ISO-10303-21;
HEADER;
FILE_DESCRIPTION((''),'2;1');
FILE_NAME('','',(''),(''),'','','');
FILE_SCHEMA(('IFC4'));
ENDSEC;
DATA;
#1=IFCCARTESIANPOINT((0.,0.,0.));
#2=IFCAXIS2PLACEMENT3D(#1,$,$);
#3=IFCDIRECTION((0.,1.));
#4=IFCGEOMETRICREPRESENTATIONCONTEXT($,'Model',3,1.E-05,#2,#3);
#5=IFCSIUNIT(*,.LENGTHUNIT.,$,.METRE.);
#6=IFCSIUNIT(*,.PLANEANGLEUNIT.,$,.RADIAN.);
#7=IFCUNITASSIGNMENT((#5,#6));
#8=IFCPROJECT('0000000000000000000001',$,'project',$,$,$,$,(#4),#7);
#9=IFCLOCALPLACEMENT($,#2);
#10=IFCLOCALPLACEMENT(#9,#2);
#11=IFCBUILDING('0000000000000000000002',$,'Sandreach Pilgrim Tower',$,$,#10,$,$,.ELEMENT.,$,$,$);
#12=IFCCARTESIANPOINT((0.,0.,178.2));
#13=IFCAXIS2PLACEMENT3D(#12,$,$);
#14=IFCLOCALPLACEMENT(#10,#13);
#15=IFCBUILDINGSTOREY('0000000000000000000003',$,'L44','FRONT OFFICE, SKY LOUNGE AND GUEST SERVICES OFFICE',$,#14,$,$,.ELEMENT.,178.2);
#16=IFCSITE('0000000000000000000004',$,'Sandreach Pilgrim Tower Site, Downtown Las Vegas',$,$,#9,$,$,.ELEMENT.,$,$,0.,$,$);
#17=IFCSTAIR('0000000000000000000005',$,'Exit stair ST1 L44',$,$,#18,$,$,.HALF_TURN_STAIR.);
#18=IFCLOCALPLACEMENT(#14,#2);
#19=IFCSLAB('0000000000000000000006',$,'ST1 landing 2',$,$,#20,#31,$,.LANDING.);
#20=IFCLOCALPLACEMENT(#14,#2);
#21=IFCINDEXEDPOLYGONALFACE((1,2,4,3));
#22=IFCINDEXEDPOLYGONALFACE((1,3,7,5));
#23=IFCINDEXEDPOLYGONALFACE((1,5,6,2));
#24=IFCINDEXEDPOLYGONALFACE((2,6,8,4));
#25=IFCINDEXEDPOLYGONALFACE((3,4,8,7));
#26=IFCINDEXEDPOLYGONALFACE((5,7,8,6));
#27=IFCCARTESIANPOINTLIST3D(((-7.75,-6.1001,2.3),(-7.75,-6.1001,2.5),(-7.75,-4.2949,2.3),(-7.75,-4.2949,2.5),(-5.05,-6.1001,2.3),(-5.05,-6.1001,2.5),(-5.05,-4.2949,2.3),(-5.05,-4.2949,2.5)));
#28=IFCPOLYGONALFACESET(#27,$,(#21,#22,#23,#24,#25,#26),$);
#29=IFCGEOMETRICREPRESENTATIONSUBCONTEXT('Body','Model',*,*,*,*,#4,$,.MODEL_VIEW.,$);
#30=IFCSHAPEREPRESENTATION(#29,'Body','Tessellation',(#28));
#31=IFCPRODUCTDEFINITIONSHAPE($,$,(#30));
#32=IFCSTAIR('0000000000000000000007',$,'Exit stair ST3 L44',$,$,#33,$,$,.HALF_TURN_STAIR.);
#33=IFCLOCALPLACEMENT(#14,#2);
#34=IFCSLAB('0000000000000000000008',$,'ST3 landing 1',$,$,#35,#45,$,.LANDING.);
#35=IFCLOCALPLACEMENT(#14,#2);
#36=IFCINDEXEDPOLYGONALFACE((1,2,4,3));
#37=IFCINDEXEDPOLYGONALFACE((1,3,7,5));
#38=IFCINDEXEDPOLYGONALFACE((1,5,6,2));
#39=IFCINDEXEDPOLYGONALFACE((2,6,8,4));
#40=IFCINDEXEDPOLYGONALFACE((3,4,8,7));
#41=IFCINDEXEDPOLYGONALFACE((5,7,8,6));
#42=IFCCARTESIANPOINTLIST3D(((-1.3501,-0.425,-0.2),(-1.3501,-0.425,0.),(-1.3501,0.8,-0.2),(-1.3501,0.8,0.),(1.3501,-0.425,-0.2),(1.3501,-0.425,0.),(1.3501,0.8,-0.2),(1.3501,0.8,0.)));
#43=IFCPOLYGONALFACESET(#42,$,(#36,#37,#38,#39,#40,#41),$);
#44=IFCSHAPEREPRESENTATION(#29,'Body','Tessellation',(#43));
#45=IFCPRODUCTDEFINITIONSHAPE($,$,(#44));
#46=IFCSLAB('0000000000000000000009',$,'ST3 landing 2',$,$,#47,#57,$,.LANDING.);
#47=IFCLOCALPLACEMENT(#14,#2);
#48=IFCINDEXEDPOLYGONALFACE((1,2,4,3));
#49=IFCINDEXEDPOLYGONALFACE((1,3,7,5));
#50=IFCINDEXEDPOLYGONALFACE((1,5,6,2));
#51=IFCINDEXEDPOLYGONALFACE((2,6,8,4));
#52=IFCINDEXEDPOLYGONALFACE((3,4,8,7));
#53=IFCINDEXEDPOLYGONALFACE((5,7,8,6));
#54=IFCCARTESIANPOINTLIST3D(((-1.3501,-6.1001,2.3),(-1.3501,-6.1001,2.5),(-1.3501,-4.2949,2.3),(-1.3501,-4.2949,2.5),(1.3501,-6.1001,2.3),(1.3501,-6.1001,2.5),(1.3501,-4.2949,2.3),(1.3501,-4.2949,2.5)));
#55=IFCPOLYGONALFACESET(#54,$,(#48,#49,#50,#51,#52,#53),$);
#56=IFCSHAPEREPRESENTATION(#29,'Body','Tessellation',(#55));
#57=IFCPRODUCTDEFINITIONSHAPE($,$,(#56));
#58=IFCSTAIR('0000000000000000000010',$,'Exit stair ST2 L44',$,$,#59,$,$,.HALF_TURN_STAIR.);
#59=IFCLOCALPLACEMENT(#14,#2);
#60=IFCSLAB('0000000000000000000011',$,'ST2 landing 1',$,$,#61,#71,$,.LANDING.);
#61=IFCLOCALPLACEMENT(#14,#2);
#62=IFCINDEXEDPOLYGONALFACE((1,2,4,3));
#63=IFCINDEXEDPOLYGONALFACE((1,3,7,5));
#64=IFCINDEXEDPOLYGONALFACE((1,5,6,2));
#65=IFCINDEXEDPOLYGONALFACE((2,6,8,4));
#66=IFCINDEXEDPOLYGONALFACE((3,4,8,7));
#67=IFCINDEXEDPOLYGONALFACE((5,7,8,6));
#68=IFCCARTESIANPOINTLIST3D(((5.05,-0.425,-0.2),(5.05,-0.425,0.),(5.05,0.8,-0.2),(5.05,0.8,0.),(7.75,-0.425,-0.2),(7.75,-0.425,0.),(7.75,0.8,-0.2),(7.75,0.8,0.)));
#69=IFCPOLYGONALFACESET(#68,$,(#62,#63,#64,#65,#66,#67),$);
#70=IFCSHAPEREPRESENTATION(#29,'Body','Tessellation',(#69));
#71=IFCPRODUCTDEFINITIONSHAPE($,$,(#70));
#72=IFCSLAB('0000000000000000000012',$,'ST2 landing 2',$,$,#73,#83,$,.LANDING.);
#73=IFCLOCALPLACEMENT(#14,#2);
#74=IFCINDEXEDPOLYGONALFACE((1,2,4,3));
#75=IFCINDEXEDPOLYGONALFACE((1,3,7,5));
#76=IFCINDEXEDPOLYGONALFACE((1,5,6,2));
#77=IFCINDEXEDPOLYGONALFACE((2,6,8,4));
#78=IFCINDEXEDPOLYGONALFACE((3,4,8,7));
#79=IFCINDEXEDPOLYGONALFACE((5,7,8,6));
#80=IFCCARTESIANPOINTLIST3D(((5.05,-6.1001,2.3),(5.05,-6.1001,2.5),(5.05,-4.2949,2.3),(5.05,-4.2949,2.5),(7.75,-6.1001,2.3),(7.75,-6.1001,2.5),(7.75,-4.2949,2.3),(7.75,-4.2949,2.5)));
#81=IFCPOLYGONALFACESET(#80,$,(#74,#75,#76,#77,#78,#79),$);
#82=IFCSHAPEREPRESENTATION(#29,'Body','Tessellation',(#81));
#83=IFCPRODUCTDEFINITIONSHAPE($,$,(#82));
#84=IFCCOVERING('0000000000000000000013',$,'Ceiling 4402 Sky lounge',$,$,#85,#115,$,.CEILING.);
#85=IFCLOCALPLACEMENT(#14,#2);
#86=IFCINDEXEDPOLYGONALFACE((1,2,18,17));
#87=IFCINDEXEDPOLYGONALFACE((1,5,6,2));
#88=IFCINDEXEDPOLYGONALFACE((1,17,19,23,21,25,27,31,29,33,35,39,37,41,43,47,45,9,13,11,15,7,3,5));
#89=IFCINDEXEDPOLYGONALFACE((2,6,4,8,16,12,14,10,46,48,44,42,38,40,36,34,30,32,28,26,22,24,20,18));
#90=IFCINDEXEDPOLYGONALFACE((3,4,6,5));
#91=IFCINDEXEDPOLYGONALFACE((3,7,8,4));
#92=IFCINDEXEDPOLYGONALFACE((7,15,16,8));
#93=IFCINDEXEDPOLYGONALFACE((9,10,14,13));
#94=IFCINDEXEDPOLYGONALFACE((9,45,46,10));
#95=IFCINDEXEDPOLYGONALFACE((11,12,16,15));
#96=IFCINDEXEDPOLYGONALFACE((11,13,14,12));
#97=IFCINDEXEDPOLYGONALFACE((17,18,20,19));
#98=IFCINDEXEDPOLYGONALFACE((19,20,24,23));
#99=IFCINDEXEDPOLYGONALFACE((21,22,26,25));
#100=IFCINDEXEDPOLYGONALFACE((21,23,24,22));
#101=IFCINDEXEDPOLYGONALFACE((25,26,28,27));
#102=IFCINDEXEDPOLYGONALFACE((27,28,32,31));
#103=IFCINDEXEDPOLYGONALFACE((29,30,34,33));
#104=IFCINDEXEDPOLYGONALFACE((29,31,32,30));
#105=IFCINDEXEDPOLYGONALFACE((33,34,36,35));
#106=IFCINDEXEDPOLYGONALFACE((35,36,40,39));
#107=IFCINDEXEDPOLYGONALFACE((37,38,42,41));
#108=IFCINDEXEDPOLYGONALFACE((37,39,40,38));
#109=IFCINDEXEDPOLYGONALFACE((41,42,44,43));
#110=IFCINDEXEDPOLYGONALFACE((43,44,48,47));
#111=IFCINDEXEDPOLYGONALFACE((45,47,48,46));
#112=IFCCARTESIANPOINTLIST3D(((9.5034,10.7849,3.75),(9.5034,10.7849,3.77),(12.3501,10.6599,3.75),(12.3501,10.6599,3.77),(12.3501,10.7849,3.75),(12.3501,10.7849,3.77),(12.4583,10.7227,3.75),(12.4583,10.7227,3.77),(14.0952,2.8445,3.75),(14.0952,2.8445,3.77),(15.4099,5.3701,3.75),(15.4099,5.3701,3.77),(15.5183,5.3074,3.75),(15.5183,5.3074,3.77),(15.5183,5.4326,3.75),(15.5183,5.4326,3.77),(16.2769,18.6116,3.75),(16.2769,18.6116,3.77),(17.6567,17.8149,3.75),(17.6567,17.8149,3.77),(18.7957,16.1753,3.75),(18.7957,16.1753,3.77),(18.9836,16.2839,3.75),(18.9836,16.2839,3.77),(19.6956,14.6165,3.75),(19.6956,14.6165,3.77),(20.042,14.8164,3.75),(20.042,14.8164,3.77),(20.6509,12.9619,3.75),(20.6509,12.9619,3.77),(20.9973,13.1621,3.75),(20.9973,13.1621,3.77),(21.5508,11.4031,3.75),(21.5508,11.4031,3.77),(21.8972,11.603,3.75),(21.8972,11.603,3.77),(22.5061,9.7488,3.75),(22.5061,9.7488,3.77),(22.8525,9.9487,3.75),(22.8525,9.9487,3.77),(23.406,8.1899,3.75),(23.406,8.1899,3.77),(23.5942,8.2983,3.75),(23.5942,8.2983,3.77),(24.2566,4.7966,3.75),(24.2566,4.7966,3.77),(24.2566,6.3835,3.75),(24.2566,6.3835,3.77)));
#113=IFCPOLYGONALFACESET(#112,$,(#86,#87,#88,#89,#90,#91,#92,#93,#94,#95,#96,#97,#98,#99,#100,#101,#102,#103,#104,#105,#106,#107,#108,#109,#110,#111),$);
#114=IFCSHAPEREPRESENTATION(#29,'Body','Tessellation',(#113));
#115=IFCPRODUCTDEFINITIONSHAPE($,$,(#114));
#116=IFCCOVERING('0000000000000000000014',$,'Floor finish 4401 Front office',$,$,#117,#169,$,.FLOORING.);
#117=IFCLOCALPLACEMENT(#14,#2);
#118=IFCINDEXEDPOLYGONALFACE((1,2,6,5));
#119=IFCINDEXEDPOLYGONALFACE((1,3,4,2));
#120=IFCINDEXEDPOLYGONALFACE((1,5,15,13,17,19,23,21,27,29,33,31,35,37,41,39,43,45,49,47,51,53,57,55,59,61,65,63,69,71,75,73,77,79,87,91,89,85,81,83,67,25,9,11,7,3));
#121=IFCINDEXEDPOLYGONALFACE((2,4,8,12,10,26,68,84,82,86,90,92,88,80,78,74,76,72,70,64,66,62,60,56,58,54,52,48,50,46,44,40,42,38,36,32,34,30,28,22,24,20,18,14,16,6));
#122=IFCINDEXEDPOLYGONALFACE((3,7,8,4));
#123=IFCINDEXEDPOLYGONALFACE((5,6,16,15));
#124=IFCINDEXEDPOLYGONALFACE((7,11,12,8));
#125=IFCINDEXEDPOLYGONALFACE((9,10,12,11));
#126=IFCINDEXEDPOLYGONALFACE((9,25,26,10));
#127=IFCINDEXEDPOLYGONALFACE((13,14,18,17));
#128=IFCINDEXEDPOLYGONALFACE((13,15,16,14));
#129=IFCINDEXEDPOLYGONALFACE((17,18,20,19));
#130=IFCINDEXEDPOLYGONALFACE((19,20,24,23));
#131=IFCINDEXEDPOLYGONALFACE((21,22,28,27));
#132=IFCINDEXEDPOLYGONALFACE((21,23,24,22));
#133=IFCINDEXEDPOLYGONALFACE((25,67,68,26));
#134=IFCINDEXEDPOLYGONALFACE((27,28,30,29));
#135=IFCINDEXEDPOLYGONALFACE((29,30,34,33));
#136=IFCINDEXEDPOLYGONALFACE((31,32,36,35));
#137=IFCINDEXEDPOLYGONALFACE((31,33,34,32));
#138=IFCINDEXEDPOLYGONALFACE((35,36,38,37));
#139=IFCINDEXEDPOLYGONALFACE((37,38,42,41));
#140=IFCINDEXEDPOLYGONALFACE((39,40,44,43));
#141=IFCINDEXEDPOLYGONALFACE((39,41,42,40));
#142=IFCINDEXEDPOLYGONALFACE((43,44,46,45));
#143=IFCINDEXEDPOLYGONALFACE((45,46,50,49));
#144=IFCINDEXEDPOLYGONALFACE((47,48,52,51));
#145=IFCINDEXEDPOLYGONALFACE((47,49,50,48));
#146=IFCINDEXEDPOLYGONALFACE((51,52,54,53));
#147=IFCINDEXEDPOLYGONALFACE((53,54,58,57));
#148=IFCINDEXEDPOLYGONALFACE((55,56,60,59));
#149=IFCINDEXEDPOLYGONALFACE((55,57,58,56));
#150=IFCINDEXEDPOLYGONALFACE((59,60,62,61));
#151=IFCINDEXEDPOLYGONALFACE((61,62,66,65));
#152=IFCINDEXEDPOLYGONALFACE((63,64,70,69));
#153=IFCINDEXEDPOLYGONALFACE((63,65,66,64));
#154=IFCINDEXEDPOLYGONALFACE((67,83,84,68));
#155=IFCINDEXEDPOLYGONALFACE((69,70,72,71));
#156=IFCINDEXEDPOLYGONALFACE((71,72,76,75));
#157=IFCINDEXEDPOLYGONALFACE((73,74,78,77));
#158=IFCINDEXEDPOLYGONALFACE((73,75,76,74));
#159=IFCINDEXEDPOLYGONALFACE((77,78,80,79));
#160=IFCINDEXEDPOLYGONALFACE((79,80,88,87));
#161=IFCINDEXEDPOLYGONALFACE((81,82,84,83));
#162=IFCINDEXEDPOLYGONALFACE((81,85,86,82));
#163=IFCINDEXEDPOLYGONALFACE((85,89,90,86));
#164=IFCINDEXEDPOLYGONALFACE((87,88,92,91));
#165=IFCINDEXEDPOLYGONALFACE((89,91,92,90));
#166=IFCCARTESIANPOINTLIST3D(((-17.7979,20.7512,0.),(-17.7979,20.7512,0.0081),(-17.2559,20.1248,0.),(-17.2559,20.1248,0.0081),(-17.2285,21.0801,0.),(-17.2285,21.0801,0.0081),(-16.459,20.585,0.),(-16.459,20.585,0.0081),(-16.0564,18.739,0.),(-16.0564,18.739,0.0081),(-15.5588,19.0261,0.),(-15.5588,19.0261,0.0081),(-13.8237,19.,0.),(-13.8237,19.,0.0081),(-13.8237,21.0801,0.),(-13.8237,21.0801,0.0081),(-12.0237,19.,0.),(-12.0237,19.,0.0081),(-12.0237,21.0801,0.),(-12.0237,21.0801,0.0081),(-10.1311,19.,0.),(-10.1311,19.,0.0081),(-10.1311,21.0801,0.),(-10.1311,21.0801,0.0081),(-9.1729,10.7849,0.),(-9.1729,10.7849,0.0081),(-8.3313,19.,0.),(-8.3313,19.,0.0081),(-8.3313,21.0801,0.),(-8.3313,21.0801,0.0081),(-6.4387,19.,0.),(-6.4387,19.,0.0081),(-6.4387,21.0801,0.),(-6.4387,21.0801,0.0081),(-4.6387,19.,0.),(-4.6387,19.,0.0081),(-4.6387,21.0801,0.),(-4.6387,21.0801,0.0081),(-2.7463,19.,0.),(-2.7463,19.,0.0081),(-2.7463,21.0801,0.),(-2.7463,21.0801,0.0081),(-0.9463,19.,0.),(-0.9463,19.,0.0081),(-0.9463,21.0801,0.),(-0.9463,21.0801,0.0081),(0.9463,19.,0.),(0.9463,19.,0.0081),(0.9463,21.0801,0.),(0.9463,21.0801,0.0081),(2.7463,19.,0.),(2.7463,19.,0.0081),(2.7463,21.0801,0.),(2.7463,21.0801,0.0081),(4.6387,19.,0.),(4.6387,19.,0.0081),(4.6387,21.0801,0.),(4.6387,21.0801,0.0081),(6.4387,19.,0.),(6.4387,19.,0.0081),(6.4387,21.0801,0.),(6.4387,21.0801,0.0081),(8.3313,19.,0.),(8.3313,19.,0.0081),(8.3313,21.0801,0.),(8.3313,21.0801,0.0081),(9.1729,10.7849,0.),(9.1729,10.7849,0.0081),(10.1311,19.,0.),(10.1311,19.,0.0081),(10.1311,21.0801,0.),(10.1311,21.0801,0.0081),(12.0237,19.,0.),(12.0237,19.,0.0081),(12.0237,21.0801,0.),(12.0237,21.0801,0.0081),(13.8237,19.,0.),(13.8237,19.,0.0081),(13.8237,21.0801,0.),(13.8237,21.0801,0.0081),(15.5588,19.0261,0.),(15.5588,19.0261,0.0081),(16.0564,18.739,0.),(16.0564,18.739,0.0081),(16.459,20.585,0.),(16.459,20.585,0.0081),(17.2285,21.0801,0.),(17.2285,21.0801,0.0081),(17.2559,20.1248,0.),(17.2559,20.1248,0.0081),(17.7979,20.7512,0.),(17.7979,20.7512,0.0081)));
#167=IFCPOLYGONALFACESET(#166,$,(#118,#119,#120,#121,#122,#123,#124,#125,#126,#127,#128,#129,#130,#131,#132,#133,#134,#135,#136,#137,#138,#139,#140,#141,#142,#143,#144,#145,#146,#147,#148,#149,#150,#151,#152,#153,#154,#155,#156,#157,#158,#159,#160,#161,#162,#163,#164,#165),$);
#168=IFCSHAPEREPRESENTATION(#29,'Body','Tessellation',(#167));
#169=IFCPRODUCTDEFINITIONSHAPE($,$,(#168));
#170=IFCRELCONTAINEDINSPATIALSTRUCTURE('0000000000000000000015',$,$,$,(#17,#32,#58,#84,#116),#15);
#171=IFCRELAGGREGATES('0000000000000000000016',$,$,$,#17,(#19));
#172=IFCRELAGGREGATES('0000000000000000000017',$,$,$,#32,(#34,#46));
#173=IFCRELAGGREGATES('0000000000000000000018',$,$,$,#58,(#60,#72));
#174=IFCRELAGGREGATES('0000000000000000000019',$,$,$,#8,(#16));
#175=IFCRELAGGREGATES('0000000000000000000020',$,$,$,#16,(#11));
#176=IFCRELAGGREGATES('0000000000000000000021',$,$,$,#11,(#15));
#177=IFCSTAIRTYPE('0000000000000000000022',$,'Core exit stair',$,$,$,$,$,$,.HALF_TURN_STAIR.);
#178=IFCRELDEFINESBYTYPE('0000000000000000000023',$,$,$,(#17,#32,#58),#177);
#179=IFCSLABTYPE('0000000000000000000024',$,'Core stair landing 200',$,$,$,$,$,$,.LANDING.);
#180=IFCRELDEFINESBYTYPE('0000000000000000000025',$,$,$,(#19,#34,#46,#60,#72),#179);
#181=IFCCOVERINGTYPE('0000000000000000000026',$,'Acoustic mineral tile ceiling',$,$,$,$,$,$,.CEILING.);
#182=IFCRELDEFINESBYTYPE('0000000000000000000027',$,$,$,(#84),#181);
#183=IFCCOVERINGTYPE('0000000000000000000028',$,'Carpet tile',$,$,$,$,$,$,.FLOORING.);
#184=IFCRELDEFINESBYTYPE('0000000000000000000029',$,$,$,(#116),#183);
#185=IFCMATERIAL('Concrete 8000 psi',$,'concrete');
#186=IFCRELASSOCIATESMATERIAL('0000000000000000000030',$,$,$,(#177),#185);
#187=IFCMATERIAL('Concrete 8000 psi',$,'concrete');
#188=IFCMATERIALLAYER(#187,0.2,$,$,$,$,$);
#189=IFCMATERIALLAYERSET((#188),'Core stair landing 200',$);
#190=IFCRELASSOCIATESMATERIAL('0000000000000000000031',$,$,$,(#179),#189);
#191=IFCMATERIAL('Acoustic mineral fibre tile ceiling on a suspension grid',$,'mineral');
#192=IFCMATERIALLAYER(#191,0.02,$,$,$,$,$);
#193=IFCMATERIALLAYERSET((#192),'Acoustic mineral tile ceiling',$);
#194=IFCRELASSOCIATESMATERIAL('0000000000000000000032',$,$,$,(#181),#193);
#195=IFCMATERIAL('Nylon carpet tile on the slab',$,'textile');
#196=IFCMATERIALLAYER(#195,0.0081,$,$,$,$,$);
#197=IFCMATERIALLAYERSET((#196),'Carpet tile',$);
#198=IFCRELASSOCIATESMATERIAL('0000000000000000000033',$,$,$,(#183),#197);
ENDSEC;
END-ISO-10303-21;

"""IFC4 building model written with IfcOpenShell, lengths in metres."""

from ifc_helpers import new_model, si_unit, direction, frame, origin, place, context, subcontext, project, spatial, polyline, outline, extrude, material, layer, layer_set, type_object, element, aggregate, save


model = new_model("IFC4")

# Units and contexts
model_context = context("Model", 3, precision=1e-05, world=origin(), true_north=direction((0.0, 1.0)))
body_context = subcontext(model_context, "Body", "Model", "MODEL_VIEW")
ifc_project = project(units=[si_unit("LENGTHUNIT", "METRE"), si_unit("PLANEANGLEUNIT", "RADIAN")], contexts=[model_context])

# Site, building, storey
site_placement = place(None, origin())
site = spatial("IfcSite", under=ifc_project, at=site_placement, Name="Sandreach Pilgrim Tower Site, Downtown Las Vegas", CompositionType="ELEMENT", RefElevation=0.0)
building_placement = place(site_placement, origin())
building = spatial("IfcBuilding", under=site, at=building_placement, Name="Sandreach Pilgrim Tower", CompositionType="ELEMENT")
storey_placement = place(building_placement, frame((0.0, 0.0, 178.2)))
storey = spatial("IfcBuildingStorey", under=building, at=storey_placement, Name="L44", Description="FRONT OFFICE, SKY LOUNGE AND GUEST SERVICES OFFICE", CompositionType="ELEMENT", Elevation=178.2)

# Stair, slab
ifc_material_1 = material(Name="Concrete 8000 psi", Category="concrete")
stair_type = type_object("IfcStairType", Name="Core exit stair", PredefinedType="HALF_TURN_STAIR", material=ifc_material_1)
stair_1_placement = place(storey_placement, origin())
stair_1 = element("IfcStair", 1, at=stair_1_placement, inside=storey, type_object=stair_type, Name="Exit stair ST1 L44", PredefinedType="HALF_TURN_STAIR")
ifc_material_2 = material(Name="Concrete 8000 psi", Category="concrete")
ifc_layer_1 = layer(ifc_material_2, 0.2)
ifc_layer_set_1 = layer_set([ifc_layer_1], Name="Core stair landing 200")
slab_type = type_object("IfcSlabType", Name="Core stair landing 200", PredefinedType="LANDING", material=ifc_layer_set_1)
slab_1_placement = place(storey_placement, frame((0.0, 0.0, 2.3)))
slab_1 = element("IfcSlab", 2, at=slab_1_placement, type_object=slab_type, Name="ST1 landing 2", PredefinedType="LANDING", context=body_context, shape_type="SweptSolid", body=[
    extrude(outline(polyline([(-7.75, -6.1001), (-5.05, -6.1001), (-5.05, -4.2949), (-7.75, -4.2949), (-7.75, -6.1001)])), origin(), (0.0, 0.0, 1.0), 0.2),
])
aggregate(stair_1, [slab_1])

# Stairs, slabs
stair_2_placement = place(storey_placement, origin())
stair_2 = element("IfcStair", 3, at=stair_2_placement, inside=storey, type_object=stair_type, Name="Exit stair ST3 L44", PredefinedType="HALF_TURN_STAIR")
slab_2_placement = place(storey_placement, frame((0.0, 0.0, -0.2)))
slab_2 = element("IfcSlab", 4, at=slab_2_placement, type_object=slab_type, Name="ST3 landing 1", PredefinedType="LANDING", context=body_context, shape_type="SweptSolid", body=[
    extrude(outline(polyline([(-1.3501, -0.425), (1.3501, -0.425), (1.3501, 0.8), (-1.3501, 0.8), (-1.3501, -0.425)])), origin(), (0.0, 0.0, 1.0), 0.2),
])
slab_3_placement = place(storey_placement, frame((0.0, 0.0, 2.3)))
slab_3 = element("IfcSlab", 5, at=slab_3_placement, type_object=slab_type, Name="ST3 landing 2", PredefinedType="LANDING", context=body_context, shape_type="SweptSolid", body=[
    extrude(outline(polyline([(-1.3501, -6.1001), (1.3501, -6.1001), (1.3501, -4.2949), (-1.3501, -4.2949), (-1.3501, -6.1001)])), origin(), (0.0, 0.0, 1.0), 0.2),
])
aggregate(stair_2, [slab_2, slab_3])
stair_3_placement = place(storey_placement, origin())
stair_3 = element("IfcStair", 6, at=stair_3_placement, inside=storey, type_object=stair_type, Name="Exit stair ST2 L44", PredefinedType="HALF_TURN_STAIR")
slab_4_placement = place(storey_placement, frame((0.0, 0.0, -0.2)))
slab_4 = element("IfcSlab", 7, at=slab_4_placement, type_object=slab_type, Name="ST2 landing 1", PredefinedType="LANDING", context=body_context, shape_type="SweptSolid", body=[
    extrude(outline(polyline([(5.05, -0.425), (7.75, -0.425), (7.75, 0.8), (5.05, 0.8), (5.05, -0.425)])), origin(), (0.0, 0.0, 1.0), 0.2),
])
slab_5_placement = place(storey_placement, frame((0.0, 0.0, 2.3)))
slab_5 = element("IfcSlab", 8, at=slab_5_placement, type_object=slab_type, Name="ST2 landing 2", PredefinedType="LANDING", context=body_context, shape_type="SweptSolid", body=[
    extrude(outline(polyline([(5.05, -6.1001), (7.75, -6.1001), (7.75, -4.2949), (5.05, -4.2949), (5.05, -6.1001)])), origin(), (0.0, 0.0, 1.0), 0.2),
])
aggregate(stair_3, [slab_4, slab_5])

# Coverings
ifc_material_3 = material(Name="Acoustic mineral fibre tile ceiling on a suspension grid", Category="mineral")
ifc_layer_2 = layer(ifc_material_3, 0.02)
ifc_layer_set_2 = layer_set([ifc_layer_2], Name="Acoustic mineral tile ceiling")
covering_type_1 = type_object("IfcCoveringType", Name="Acoustic mineral tile ceiling", PredefinedType="CEILING", material=ifc_layer_set_2)
covering_1_placement = place(storey_placement, frame((0.0, 0.0, 3.75)))
element("IfcCovering", 9, at=covering_1_placement, inside=storey, type_object=covering_type_1, Name="Ceiling 4402 Sky lounge", PredefinedType="CEILING", context=body_context, shape_type="SweptSolid", body=[
    extrude(outline(polyline([(12.3501, 10.7849), (9.5034, 10.7849), (16.2769, 18.6116), (17.6567, 17.8149), (18.9836, 16.2839), (18.7957, 16.1753), (19.6956, 14.6165), (20.042, 14.8164), (20.9973, 13.1621), (20.6509, 12.9619), (21.5508, 11.4031), (21.8972, 11.603), (22.8525, 9.9487), (22.5061, 9.7488), (23.406, 8.1899), (23.5942, 8.2983), (24.2566, 6.3835), (24.2566, 4.7966), (14.0952, 2.8445), (15.5183, 5.3074), (15.4099, 5.3701), (15.5183, 5.4326), (12.4583, 10.7227), (12.3501, 10.6599), (12.3501, 10.7849)])), origin(), (0.0, 0.0, 1.0), 0.02),
])
ifc_material_4 = material(Name="Nylon carpet tile on the slab", Category="textile")
ifc_layer_3 = layer(ifc_material_4, 0.0081)
ifc_layer_set_3 = layer_set([ifc_layer_3], Name="Carpet tile")
covering_type_2 = type_object("IfcCoveringType", Name="Carpet tile", PredefinedType="FLOORING", material=ifc_layer_set_3)
covering_2_placement = place(storey_placement, origin())
element("IfcCovering", 10, at=covering_2_placement, inside=storey, type_object=covering_type_2, Name="Floor finish 4401 Front office", PredefinedType="FLOORING", context=body_context, shape_type="SweptSolid", body=[
    extrude(outline(polyline([(-13.8237, 21.0801), (-13.8237, 19.0), (-12.0237, 19.0), (-12.0237, 21.0801), (-10.1311, 21.0801), (-10.1311, 19.0), (-8.3313, 19.0), (-8.3313, 21.0801), (-6.4387, 21.0801), (-6.4387, 19.0), (-4.6387, 19.0), (-4.6387, 21.0801), (-2.7463, 21.0801), (-2.7463, 19.0), (-0.9463, 19.0), (-0.9463, 21.0801), (0.9463, 21.0801), (0.9463, 19.0), (2.7463, 19.0), (2.7463, 21.0801), (4.6387, 21.0801), (4.6387, 19.0), (6.4387, 19.0), (6.4387, 21.0801), (8.3313, 21.0801), (8.3313, 19.0), (10.1311, 19.0), (10.1311, 21.0801), (12.0237, 21.0801), (12.0237, 19.0), (13.8237, 19.0), (13.8237, 21.0801), (17.2285, 21.0801), (17.7979, 20.7512), (17.2559, 20.1248), (16.459, 20.585), (15.5588, 19.0261), (16.0564, 18.739), (9.1729, 10.7849), (-9.1729, 10.7849), (-16.0564, 18.739), (-15.5588, 19.0261), (-16.459, 20.585), (-17.2559, 20.1248), (-17.7979, 20.7512), (-17.2285, 21.0801), (-13.8237, 21.0801)])), origin(), (0.0, 0.0, 1.0), 0.0081),
])

save(model, "model.ifc")
